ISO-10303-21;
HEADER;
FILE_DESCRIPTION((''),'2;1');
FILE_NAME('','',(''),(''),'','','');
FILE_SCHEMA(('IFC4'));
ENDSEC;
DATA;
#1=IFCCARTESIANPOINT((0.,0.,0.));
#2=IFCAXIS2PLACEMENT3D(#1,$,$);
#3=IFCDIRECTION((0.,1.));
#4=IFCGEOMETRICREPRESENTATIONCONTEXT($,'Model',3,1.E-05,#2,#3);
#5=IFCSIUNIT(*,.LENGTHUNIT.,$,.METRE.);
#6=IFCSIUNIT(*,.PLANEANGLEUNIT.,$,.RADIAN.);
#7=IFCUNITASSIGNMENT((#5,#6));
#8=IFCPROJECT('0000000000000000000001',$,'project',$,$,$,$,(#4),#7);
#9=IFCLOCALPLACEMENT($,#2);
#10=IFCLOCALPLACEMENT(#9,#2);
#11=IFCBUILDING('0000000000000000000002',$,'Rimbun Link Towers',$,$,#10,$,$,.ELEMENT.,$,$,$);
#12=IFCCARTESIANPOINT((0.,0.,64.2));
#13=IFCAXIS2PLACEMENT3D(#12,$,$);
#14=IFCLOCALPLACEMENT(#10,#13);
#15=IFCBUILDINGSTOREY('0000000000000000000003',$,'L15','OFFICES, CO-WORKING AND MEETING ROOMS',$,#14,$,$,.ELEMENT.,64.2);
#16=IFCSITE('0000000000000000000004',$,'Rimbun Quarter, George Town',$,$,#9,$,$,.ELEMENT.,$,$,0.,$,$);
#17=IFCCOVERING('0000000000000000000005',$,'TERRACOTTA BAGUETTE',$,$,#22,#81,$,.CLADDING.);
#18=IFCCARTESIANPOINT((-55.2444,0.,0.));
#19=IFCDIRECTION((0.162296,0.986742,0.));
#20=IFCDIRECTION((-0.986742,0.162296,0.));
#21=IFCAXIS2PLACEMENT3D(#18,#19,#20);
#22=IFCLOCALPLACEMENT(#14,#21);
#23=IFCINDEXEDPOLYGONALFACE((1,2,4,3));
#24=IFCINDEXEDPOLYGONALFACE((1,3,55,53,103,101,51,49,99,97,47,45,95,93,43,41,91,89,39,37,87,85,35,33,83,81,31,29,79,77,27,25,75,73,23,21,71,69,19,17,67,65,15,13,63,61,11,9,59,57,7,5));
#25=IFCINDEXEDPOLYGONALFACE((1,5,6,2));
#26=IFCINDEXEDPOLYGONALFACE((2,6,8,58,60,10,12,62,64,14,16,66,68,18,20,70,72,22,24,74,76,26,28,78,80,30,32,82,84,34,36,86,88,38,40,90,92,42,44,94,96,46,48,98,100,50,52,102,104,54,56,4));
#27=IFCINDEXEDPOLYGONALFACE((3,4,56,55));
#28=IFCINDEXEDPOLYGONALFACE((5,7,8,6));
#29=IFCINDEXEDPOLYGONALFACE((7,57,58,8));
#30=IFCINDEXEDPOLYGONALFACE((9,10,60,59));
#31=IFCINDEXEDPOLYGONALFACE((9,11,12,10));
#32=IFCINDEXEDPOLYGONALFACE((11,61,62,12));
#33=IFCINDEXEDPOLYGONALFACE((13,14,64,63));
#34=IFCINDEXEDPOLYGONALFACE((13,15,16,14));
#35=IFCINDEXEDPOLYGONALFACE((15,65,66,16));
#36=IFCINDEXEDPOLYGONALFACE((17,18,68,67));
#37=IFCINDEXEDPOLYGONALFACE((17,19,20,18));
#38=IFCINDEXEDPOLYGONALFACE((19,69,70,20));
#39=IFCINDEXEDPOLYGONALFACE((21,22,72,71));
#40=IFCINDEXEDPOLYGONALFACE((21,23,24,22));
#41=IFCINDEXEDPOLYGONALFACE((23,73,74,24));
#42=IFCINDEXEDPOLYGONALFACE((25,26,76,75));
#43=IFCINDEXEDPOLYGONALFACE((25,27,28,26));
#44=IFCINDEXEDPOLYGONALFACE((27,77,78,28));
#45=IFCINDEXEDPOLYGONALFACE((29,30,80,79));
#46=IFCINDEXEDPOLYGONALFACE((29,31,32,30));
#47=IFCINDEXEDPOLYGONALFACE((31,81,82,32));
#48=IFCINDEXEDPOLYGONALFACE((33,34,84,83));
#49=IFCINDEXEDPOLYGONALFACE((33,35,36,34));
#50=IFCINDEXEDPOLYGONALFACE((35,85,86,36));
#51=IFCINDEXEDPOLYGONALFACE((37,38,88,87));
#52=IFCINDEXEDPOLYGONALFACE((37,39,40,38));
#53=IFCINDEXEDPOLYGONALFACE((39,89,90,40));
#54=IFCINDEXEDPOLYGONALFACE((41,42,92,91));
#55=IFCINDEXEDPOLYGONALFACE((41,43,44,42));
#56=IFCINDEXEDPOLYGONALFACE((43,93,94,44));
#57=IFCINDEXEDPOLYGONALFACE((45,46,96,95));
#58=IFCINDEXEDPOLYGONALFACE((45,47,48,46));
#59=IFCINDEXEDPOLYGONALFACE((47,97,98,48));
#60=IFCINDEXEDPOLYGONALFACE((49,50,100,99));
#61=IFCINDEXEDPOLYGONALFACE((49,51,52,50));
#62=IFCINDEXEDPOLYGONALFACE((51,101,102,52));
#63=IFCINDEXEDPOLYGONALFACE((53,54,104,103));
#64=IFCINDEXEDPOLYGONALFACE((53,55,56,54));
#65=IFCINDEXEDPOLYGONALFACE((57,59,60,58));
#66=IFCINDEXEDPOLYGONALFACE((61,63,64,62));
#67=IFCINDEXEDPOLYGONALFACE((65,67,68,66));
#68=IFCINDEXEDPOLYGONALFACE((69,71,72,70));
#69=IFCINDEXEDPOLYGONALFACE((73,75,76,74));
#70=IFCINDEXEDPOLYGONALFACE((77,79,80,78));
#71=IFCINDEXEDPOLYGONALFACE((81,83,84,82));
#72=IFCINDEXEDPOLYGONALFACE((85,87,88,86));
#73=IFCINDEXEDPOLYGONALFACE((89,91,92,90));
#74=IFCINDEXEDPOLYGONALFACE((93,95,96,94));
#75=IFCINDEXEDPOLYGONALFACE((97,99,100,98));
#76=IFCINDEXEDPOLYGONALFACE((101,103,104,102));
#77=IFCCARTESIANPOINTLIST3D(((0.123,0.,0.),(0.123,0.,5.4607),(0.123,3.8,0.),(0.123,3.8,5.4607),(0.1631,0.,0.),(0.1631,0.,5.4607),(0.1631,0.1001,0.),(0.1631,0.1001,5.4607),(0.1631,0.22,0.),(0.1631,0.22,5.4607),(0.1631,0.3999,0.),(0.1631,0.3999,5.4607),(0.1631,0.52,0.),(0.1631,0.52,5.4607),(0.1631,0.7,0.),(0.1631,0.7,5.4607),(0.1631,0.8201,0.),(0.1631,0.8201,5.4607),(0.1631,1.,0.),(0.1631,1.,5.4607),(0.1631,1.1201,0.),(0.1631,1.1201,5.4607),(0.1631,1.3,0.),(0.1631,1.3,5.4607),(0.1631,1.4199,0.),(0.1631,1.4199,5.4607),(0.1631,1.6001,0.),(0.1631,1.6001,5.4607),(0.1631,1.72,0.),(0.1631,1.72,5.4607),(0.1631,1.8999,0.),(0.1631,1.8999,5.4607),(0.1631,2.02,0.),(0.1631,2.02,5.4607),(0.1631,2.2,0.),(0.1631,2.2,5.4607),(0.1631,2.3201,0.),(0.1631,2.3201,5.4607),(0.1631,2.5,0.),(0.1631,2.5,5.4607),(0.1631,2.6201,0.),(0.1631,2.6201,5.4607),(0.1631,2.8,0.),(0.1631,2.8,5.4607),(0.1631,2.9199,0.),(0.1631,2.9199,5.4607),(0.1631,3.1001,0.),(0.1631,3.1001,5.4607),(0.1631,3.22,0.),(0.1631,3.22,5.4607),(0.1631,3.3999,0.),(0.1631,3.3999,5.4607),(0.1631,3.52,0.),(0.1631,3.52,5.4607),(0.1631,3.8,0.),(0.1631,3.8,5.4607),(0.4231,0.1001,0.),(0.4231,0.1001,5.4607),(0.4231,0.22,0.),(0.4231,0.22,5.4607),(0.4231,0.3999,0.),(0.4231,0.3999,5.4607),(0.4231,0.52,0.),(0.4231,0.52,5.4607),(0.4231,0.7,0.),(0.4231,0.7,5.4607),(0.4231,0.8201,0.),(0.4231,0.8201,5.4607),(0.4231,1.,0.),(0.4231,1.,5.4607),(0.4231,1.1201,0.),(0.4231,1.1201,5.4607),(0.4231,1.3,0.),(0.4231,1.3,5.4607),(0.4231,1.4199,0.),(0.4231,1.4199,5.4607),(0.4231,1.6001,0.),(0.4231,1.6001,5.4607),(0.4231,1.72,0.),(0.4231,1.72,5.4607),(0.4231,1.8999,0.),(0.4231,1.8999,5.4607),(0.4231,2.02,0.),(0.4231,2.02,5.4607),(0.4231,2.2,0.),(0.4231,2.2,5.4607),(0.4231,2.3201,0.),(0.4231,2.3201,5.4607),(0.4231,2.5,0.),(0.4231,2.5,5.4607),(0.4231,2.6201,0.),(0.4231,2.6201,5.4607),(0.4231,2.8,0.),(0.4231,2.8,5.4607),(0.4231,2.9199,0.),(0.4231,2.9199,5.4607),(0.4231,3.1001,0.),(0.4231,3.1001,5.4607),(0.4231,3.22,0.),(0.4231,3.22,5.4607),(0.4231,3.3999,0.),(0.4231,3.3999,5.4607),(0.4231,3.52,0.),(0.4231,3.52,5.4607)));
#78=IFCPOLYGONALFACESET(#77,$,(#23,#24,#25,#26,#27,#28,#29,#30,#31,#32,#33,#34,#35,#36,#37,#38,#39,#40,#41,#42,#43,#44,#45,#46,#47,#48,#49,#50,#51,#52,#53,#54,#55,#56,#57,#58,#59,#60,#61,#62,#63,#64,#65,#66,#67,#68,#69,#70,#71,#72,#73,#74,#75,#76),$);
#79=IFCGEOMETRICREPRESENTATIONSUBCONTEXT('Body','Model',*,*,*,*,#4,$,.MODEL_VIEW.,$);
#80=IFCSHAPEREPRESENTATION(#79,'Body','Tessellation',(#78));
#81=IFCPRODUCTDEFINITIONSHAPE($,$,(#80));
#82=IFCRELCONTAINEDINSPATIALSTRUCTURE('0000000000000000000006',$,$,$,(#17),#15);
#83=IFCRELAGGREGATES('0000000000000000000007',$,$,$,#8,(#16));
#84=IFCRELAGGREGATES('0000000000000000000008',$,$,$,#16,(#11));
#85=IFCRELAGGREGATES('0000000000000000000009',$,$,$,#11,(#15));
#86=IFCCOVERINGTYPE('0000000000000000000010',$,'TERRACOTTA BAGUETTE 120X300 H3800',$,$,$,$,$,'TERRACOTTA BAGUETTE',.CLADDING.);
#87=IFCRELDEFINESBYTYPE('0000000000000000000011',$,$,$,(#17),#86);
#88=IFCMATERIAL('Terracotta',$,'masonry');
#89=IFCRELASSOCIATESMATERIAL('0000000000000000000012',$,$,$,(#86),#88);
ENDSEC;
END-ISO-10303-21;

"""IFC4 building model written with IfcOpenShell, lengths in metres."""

from ifc_helpers import new_model, si_unit, direction, frame, origin, place, context, subcontext, project, spatial, polyline, outline, extrude, material, material_profile, profile_set, type_object, element, save


model = new_model("IFC4")

# Units and contexts
model_context = context("Model", 3, precision=1e-05, world=origin(), true_north=direction((0.0, 1.0)))
body_context = subcontext(model_context, "Body", "Model", "MODEL_VIEW")
ifc_project = project(units=[si_unit("LENGTHUNIT", "METRE"), si_unit("PLANEANGLEUNIT", "RADIAN")], contexts=[model_context])

# Site, building, storey
site_placement = place(None, origin())
site = spatial("IfcSite", under=ifc_project, at=site_placement, Name="Rimbun Quarter, George Town", CompositionType="ELEMENT", RefElevation=0.0)
building_placement = place(site_placement, origin())
building = spatial("IfcBuilding", under=site, at=building_placement, Name="Rimbun Link Towers", CompositionType="ELEMENT")
storey_placement = place(building_placement, frame((0.0, 0.0, 64.2)))
storey = spatial("IfcBuildingStorey", under=building, at=storey_placement, Name="L15", Description="OFFICES, CO-WORKING AND MEETING ROOMS", CompositionType="ELEMENT", Elevation=64.2)

# Covering
ifc_material_1 = material(Name="Terracotta", Category="masonry")
ifc_material_profile_1 = material_profile(ifc_material_1, outline(polyline([(0.123, 0.0), (0.1631, 0.0), (0.1631, 0.1001), (0.4231, 0.1001), (0.4231, 0.22), (0.1631, 0.22), (0.1631, 0.3999), (0.4231, 0.3999), (0.4231, 0.52), (0.1631, 0.52), (0.1631, 0.7), (0.4231, 0.7), (0.4231, 0.8201), (0.1631, 0.8201), (0.1631, 1.0), (0.4231, 1.0), (0.4231, 1.1201), (0.1631, 1.1201), (0.1631, 1.3), (0.4231, 1.3), (0.4231, 1.4199), (0.1631, 1.4199), (0.1631, 1.6001), (0.4231, 1.6001), (0.4231, 1.72), (0.1631, 1.72), (0.1631, 1.8999), (0.4231, 1.8999), (0.4231, 2.02), (0.1631, 2.02), (0.1631, 2.2), (0.4231, 2.2), (0.4231, 2.3201), (0.1631, 2.3201), (0.1631, 2.5), (0.4231, 2.5), (0.4231, 2.6201), (0.1631, 2.6201), (0.1631, 2.8), (0.4231, 2.8), (0.4231, 2.9199), (0.1631, 2.9199), (0.1631, 3.1001), (0.4231, 3.1001), (0.4231, 3.22), (0.1631, 3.22), (0.1631, 3.3999), (0.4231, 3.3999), (0.4231, 3.52), (0.1631, 3.52), (0.1631, 3.8), (0.123, 3.8), (0.123, 0.0)])), Name="BAGUETTE 120X300")
ifc_profile_set_1 = profile_set([ifc_material_profile_1], Name="Terracotta")
covering_type = type_object("IfcCoveringType", Name="TERRACOTTA BAGUETTE 120X300 H3800", ElementType="TERRACOTTA BAGUETTE", PredefinedType="CLADDING", material=ifc_profile_set_1)
covering_placement = place(storey_placement, frame((-55.2444, 0.0, 0.0), z_axis=(0.162296, 0.986742, 0.0), x_axis=(-0.986742, 0.162296, 0.0)))
element("IfcCovering", 1, at=covering_placement, inside=storey, type_object=covering_type, Name="TERRACOTTA BAGUETTE", PredefinedType="CLADDING", context=body_context, shape_type="SweptSolid", body=[
    extrude(outline(polyline([(0.123, 0.0), (0.1631, 0.0), (0.1631, 0.1001), (0.4231, 0.1001), (0.4231, 0.22), (0.1631, 0.22), (0.1631, 0.3999), (0.4231, 0.3999), (0.4231, 0.52), (0.1631, 0.52), (0.1631, 0.7), (0.4231, 0.7), (0.4231, 0.8201), (0.1631, 0.8201), (0.1631, 1.0), (0.4231, 1.0), (0.4231, 1.1201), (0.1631, 1.1201), (0.1631, 1.3), (0.4231, 1.3), (0.4231, 1.4199), (0.1631, 1.4199), (0.1631, 1.6001), (0.4231, 1.6001), (0.4231, 1.72), (0.1631, 1.72), (0.1631, 1.8999), (0.4231, 1.8999), (0.4231, 2.02), (0.1631, 2.02), (0.1631, 2.2), (0.4231, 2.2), (0.4231, 2.3201), (0.1631, 2.3201), (0.1631, 2.5), (0.4231, 2.5), (0.4231, 2.6201), (0.1631, 2.6201), (0.1631, 2.8), (0.4231, 2.8), (0.4231, 2.9199), (0.1631, 2.9199), (0.1631, 3.1001), (0.4231, 3.1001), (0.4231, 3.22), (0.1631, 3.22), (0.1631, 3.3999), (0.4231, 3.3999), (0.4231, 3.52), (0.1631, 3.52), (0.1631, 3.8), (0.123, 3.8), (0.123, 0.0)])), origin(), (0.0, 0.0, 1.0), 5.4607),
])

save(model, "model.ifc")
